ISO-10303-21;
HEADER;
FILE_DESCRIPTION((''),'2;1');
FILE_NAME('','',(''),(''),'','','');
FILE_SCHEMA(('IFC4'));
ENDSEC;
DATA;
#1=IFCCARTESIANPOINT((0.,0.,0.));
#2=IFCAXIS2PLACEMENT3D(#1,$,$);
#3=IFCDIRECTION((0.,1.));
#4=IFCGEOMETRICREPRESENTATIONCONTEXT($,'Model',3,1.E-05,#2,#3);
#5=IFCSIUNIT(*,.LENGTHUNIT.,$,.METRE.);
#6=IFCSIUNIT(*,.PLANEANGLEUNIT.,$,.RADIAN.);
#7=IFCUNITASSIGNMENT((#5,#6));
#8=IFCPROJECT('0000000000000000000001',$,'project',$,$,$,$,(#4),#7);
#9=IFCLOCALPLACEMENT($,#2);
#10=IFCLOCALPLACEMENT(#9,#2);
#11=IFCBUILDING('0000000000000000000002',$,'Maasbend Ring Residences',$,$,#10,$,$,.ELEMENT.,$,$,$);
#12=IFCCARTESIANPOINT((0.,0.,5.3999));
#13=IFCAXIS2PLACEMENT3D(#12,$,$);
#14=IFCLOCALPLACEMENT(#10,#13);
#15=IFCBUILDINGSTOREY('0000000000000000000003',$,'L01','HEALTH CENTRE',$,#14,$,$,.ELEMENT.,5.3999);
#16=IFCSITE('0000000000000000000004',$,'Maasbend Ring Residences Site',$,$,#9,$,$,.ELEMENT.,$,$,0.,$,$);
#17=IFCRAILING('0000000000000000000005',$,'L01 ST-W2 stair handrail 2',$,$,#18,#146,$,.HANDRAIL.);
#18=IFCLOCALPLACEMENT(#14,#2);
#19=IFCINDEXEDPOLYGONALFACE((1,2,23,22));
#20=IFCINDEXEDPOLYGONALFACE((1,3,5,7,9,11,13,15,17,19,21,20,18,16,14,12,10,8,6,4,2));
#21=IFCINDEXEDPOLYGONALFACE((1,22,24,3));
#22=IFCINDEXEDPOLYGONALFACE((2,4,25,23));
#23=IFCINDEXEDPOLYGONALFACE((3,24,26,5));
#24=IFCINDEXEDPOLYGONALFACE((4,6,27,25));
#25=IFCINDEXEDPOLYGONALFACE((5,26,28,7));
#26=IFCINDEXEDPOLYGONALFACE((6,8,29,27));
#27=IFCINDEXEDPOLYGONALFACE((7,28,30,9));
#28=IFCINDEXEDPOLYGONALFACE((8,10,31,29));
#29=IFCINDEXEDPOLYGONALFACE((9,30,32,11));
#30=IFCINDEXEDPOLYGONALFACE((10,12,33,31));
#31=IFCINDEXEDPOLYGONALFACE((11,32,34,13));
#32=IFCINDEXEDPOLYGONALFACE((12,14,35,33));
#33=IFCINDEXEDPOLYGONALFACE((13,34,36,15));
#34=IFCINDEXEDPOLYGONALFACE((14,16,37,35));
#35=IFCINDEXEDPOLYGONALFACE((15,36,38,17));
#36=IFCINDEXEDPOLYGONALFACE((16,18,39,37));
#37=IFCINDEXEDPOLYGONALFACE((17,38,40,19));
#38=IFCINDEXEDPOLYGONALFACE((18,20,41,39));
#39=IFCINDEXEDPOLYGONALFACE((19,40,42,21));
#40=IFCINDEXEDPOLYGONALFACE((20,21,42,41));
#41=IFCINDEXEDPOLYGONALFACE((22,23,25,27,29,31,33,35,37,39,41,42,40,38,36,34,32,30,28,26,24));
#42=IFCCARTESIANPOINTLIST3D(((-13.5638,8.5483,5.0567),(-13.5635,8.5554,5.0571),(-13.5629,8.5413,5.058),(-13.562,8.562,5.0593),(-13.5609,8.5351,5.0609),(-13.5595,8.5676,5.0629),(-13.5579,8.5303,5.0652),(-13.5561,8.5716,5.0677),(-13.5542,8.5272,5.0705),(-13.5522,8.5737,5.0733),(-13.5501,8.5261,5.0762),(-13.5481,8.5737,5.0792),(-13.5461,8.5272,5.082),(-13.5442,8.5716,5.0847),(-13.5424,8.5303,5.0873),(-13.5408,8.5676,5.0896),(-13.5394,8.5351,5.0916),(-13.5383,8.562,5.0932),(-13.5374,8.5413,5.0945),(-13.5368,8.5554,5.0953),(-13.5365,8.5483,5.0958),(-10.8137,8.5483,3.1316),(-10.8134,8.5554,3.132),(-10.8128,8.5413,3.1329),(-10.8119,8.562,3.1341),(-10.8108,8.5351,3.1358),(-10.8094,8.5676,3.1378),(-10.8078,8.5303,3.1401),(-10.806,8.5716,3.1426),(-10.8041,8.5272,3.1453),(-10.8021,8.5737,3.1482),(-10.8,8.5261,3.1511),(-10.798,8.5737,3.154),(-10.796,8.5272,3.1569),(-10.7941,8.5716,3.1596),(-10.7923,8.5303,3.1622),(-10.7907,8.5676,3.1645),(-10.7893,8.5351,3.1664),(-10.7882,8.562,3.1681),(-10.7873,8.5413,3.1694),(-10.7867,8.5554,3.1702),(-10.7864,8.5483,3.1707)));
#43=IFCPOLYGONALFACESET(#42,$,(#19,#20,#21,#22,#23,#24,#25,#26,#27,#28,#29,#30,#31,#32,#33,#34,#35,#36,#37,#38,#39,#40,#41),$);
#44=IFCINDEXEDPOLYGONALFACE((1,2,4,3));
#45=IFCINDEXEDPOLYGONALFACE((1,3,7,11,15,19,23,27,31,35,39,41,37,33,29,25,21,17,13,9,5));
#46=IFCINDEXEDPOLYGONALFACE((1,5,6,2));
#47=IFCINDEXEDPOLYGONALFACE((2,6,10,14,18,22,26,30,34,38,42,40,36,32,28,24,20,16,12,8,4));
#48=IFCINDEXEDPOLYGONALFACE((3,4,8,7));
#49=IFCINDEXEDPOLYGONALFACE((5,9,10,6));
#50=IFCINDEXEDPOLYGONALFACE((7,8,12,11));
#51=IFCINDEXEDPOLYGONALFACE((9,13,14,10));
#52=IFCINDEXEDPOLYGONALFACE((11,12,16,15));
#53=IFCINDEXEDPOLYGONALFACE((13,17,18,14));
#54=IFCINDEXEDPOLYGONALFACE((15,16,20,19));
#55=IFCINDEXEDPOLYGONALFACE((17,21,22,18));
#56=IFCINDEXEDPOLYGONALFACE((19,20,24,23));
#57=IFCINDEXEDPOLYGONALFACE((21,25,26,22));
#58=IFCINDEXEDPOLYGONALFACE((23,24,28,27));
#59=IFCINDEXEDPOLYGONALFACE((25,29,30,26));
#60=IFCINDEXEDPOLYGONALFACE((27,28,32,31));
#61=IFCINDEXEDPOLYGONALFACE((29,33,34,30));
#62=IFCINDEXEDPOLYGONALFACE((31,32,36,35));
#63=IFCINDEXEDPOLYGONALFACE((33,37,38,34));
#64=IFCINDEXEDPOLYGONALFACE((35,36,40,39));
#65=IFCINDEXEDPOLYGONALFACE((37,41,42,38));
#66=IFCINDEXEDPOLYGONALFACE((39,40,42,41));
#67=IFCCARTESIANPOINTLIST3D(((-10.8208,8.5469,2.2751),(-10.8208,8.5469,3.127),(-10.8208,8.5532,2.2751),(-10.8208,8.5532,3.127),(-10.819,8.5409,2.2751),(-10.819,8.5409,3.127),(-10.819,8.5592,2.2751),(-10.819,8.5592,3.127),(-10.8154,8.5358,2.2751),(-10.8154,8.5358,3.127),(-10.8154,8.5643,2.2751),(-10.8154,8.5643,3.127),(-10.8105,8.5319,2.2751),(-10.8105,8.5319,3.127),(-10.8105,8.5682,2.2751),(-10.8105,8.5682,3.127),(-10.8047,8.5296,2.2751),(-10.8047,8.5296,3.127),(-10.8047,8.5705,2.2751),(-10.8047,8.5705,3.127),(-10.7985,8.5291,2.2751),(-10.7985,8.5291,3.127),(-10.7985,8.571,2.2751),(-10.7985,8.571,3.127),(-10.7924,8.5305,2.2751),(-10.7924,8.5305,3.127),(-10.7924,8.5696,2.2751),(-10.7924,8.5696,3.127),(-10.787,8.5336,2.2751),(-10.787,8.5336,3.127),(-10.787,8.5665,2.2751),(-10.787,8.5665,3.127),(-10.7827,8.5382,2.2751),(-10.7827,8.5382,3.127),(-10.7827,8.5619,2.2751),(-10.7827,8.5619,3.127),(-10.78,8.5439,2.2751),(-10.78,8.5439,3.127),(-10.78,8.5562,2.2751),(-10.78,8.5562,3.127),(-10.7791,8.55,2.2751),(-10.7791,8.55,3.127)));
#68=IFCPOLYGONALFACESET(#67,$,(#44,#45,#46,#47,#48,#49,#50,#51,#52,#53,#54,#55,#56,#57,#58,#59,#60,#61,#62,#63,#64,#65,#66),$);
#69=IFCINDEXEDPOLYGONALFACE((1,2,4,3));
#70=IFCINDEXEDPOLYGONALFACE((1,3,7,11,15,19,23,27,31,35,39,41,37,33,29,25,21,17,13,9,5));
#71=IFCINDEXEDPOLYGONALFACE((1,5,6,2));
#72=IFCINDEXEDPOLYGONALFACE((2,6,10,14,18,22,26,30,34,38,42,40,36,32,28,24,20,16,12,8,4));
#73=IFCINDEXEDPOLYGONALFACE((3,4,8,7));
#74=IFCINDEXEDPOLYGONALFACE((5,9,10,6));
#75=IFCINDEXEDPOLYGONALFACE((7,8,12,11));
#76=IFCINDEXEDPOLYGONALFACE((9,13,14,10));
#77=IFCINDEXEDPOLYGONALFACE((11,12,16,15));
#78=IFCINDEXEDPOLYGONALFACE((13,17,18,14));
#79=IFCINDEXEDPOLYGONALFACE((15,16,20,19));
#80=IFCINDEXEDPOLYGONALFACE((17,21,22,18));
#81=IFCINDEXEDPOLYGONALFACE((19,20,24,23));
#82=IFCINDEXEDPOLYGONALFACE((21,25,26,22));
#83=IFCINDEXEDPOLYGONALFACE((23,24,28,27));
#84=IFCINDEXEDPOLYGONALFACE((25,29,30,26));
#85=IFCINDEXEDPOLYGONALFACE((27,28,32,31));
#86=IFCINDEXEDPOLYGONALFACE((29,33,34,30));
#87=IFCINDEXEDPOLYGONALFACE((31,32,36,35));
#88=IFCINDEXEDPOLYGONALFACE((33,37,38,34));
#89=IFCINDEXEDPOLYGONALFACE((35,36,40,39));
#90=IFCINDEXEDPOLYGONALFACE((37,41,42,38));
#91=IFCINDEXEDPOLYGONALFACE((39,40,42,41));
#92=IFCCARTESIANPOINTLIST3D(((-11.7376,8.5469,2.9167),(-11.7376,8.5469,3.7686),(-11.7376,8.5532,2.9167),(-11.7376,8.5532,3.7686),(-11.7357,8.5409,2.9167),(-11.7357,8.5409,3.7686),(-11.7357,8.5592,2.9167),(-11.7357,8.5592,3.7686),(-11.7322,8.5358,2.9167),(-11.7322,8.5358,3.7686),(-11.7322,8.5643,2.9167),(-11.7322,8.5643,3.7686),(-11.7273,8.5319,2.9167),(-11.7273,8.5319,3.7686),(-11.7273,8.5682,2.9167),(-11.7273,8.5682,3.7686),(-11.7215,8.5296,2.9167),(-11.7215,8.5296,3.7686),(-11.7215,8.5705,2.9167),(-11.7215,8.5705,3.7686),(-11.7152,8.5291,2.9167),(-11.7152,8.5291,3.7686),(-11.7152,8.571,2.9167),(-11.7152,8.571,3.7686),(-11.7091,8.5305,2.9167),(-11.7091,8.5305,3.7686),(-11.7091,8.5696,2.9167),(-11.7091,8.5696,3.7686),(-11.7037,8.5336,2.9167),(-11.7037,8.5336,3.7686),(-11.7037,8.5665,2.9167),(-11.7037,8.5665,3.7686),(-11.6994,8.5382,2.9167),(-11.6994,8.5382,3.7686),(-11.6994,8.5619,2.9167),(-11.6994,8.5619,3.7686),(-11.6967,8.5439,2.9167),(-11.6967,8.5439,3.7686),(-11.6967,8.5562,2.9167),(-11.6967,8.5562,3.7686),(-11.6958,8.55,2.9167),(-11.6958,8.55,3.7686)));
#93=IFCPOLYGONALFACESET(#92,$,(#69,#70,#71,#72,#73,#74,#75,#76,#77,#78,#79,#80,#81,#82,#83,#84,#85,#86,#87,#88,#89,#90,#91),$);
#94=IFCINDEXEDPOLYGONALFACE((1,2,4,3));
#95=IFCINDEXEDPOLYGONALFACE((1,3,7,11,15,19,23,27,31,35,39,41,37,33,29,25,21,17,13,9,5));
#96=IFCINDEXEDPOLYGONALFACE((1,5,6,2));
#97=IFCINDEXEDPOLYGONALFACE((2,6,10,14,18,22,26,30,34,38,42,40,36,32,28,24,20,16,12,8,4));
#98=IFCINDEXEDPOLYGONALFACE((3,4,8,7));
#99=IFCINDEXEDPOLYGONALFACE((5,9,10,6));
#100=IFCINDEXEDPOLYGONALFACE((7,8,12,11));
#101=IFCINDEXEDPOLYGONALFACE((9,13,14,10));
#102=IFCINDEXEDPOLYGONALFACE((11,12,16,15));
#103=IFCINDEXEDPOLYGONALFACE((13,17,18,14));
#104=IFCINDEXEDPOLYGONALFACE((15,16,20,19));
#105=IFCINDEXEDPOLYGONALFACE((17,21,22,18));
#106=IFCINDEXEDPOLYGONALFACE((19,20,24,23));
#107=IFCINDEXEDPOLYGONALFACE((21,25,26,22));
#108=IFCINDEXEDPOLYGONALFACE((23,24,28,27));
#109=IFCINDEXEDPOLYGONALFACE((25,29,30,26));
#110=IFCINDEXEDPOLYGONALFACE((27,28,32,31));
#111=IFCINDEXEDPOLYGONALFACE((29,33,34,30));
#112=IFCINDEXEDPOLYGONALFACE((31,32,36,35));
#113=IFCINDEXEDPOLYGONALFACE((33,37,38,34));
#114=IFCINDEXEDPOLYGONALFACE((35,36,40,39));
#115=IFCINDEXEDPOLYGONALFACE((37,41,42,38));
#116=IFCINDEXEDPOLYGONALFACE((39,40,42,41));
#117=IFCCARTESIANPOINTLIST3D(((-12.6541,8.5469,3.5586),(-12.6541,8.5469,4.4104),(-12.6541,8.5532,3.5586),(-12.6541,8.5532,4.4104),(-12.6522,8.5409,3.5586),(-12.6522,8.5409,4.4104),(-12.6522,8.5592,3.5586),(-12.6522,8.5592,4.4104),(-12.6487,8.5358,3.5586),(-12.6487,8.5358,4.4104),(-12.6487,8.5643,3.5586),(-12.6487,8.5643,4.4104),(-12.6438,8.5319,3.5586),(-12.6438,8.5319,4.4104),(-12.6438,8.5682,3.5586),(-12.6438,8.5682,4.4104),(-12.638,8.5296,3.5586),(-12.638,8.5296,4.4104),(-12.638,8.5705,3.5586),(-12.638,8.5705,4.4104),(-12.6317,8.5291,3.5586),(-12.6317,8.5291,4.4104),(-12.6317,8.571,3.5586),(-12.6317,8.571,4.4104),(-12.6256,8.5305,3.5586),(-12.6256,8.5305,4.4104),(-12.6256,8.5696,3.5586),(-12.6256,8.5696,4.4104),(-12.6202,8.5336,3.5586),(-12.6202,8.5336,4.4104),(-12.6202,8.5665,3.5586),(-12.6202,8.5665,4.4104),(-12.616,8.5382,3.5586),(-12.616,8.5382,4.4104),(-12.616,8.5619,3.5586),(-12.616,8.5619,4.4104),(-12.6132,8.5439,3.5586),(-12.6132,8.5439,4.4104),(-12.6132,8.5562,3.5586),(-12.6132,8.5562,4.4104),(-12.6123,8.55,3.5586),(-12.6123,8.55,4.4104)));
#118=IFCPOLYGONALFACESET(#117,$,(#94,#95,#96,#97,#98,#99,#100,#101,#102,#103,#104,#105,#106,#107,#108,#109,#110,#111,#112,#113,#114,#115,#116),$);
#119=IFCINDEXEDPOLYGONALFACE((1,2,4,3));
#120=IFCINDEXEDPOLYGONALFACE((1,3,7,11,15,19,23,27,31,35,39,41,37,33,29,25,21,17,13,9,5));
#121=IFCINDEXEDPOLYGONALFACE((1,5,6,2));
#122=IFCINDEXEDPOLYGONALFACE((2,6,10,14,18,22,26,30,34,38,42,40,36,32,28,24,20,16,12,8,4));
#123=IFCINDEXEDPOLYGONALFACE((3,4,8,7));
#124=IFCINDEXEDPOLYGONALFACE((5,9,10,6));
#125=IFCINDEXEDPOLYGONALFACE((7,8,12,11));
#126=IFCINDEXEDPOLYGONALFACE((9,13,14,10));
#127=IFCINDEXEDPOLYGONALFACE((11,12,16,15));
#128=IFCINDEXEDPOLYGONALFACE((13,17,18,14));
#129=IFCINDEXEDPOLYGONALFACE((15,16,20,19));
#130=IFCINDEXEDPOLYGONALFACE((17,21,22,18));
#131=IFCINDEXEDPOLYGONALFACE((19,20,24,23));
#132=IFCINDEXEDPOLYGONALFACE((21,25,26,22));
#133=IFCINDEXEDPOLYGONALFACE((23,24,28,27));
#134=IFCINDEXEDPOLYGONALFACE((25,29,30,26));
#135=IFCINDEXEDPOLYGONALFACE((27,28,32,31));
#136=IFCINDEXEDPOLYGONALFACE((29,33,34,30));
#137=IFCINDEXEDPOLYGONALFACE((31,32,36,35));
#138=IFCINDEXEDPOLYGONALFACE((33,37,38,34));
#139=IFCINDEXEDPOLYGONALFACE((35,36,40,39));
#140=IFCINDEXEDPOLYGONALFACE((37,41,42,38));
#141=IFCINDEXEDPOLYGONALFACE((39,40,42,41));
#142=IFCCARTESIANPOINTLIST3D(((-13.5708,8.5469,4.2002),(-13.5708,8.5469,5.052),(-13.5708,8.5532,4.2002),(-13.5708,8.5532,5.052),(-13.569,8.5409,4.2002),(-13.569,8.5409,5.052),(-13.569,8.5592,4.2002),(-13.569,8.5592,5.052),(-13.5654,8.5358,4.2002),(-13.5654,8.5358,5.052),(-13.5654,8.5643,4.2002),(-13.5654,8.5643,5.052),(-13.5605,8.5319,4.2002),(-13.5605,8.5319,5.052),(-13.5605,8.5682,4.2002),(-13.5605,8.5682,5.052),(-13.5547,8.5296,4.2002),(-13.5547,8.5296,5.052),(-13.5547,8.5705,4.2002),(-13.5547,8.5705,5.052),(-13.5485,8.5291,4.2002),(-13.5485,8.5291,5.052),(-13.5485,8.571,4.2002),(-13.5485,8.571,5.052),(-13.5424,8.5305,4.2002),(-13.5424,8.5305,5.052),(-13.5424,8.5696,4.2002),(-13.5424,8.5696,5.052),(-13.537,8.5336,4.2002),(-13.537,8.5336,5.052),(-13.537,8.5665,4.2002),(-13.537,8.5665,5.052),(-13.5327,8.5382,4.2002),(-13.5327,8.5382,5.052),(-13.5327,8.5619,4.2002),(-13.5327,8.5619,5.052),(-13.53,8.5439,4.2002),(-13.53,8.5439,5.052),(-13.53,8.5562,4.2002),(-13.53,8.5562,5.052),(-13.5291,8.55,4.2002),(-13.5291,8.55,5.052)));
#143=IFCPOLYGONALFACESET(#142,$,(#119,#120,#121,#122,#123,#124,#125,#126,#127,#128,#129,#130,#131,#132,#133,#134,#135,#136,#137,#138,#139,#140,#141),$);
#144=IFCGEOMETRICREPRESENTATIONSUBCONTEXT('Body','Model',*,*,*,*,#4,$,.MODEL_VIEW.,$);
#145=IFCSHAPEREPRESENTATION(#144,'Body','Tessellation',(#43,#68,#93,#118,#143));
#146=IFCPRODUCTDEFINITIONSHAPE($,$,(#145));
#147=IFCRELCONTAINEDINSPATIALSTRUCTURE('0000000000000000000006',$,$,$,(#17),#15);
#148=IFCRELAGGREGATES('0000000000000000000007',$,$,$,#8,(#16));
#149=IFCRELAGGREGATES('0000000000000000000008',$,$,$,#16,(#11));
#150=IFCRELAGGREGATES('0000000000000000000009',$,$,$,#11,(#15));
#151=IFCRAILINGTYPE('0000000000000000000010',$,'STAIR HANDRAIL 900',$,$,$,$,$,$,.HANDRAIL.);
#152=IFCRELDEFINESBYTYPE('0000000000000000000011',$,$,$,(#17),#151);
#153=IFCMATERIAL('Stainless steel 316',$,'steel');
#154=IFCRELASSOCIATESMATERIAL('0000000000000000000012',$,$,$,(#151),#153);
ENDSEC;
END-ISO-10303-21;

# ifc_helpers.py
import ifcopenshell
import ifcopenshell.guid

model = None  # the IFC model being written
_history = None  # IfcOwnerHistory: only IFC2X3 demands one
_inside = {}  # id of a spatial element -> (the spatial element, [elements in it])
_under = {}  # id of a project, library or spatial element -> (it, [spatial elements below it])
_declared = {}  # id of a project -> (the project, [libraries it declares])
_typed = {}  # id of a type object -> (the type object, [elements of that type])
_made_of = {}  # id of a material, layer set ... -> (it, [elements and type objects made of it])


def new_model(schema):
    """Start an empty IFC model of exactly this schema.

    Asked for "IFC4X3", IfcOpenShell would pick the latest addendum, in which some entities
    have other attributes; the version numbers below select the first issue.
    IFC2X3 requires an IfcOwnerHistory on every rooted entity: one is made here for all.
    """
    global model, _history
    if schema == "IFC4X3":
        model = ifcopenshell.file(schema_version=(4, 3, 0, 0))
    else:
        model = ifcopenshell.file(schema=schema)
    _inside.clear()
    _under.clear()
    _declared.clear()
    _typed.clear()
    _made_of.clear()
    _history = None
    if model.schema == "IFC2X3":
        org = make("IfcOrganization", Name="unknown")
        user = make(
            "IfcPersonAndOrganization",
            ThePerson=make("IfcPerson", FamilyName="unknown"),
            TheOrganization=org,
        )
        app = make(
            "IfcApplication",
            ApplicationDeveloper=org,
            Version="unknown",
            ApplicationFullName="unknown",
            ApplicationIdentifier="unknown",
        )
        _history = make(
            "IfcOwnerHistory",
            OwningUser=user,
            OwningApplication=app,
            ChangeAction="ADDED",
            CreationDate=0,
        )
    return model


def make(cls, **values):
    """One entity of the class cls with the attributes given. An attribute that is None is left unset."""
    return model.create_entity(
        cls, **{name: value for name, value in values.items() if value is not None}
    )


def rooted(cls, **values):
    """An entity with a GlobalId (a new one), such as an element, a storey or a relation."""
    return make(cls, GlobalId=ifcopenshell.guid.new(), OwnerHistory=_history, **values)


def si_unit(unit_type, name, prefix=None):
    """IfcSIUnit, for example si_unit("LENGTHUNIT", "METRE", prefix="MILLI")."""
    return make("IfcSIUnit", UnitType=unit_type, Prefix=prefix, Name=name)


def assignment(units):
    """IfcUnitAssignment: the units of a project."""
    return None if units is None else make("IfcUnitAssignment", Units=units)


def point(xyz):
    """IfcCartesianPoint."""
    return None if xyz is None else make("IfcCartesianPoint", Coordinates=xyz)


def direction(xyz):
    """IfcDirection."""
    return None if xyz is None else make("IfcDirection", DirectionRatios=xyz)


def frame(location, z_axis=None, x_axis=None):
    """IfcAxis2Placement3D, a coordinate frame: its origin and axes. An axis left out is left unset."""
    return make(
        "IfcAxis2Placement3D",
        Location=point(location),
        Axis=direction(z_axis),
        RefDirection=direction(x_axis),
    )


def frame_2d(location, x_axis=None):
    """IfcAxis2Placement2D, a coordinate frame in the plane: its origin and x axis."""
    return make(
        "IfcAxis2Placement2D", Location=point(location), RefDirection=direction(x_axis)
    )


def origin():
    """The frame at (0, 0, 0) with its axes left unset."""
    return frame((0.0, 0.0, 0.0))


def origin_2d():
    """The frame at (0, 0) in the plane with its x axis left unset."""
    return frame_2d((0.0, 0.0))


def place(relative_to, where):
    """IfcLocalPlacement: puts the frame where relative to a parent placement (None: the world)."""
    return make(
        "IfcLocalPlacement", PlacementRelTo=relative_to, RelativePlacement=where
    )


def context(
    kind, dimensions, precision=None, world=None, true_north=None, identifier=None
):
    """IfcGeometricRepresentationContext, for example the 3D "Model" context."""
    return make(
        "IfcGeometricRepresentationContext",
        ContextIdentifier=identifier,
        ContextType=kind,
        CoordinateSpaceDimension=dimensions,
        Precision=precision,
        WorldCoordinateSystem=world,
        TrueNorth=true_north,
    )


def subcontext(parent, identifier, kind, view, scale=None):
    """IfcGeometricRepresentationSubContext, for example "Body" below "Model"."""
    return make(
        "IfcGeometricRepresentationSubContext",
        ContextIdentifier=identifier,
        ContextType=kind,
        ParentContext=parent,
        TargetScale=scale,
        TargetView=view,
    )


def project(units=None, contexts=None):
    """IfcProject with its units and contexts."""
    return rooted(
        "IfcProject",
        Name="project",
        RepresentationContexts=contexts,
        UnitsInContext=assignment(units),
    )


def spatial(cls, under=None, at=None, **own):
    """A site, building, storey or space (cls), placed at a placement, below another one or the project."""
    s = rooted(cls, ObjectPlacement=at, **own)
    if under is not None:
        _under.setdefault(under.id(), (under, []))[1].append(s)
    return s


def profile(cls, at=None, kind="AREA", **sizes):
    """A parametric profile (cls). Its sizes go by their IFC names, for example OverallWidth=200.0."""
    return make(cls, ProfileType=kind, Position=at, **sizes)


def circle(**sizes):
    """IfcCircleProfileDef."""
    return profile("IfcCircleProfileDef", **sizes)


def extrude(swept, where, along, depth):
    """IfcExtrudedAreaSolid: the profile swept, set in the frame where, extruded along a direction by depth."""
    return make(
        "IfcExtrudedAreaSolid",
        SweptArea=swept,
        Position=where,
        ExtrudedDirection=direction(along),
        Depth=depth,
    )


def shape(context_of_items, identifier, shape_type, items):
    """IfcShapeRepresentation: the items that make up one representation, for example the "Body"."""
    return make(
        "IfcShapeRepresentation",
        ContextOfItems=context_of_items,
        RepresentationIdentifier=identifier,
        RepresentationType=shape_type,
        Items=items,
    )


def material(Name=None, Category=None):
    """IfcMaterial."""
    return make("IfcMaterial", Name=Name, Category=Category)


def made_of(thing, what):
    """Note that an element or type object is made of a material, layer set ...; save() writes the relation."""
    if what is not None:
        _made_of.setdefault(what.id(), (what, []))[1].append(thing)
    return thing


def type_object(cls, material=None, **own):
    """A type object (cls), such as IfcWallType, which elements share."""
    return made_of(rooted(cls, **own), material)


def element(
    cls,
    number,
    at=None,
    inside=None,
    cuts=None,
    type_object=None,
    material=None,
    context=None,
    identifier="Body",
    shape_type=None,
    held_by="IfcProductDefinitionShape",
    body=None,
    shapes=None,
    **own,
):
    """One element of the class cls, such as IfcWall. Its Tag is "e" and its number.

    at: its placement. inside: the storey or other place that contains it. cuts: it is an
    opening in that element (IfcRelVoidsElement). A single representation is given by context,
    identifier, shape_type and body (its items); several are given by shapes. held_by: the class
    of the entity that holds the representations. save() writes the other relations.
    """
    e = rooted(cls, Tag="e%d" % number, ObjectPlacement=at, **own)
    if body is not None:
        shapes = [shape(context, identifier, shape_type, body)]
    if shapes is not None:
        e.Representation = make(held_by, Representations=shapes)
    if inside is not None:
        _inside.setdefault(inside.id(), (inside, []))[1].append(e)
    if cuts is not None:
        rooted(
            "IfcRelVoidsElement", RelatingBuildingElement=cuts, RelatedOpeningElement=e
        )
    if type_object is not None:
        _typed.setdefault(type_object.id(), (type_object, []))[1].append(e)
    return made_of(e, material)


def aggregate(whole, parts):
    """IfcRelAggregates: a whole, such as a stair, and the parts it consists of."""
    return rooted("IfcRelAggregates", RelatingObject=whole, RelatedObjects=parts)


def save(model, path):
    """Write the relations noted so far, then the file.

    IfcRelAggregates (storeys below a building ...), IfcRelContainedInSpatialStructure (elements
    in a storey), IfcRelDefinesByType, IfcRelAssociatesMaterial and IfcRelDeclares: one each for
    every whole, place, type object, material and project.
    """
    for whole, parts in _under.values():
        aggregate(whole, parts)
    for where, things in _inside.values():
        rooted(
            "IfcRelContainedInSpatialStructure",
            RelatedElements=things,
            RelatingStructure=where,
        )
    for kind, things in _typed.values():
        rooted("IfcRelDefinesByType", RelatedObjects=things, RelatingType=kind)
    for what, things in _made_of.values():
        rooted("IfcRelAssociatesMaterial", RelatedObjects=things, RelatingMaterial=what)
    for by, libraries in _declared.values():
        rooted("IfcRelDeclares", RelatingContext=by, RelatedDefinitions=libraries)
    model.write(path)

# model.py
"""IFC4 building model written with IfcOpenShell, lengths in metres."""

from ifc_helpers import new_model, si_unit, direction, frame, origin, origin_2d, place, context, subcontext, project, spatial, circle, extrude, material, type_object, element, save


model = new_model("IFC4")

# Units and contexts
model_context = context("Model", 3, precision=1e-05, world=origin(), true_north=direction((0.0, 1.0)))
body_context = subcontext(model_context, "Body", "Model", "MODEL_VIEW")
ifc_project = project(units=[si_unit("LENGTHUNIT", "METRE"), si_unit("PLANEANGLEUNIT", "RADIAN")], contexts=[model_context])

# Site, building, storey
site_placement = place(None, origin())
site = spatial("IfcSite", under=ifc_project, at=site_placement, Name="Maasbend Ring Residences Site", CompositionType="ELEMENT", RefElevation=0.0)
building_placement = place(site_placement, origin())
building = spatial("IfcBuilding", under=site, at=building_placement, Name="Maasbend Ring Residences", CompositionType="ELEMENT")
storey_placement = place(building_placement, frame((0.0, 0.0, 5.3999)))
storey = spatial("IfcBuildingStorey", under=building, at=storey_placement, Name="L01", Description="HEALTH CENTRE", CompositionType="ELEMENT", Elevation=5.3999)

# Railing
ifc_material_1 = material(Name="Stainless steel 316", Category="steel")
railing_type = type_object("IfcRailingType", Name="STAIR HANDRAIL 900", PredefinedType="HANDRAIL", material=ifc_material_1)
railing_placement = place(storey_placement, frame((-10.8, 8.55, 2.2751)))
element("IfcRailing", 1, at=railing_placement, inside=storey, type_object=railing_type, Name="L01 ST-W2 stair handrail 2", PredefinedType="HANDRAIL", context=body_context, shape_type="SweptSolid", body=[
    extrude(circle(Radius=0.0239, at=origin_2d()), frame((0.0, 0.0, 0.876), z_axis=(-0.819225, 0.0, 0.573472), x_axis=(0.0, -1.0, 0.0)), (0.0, 0.0, 1.0), 3.3569),
    extrude(circle(Radius=0.021, at=origin_2d()), origin(), (0.0, 0.0, 1.0), 0.8518),
    extrude(circle(Radius=0.021, at=origin_2d()), frame((-0.9167, 0.0, 0.6416)), (0.0, 0.0, 1.0), 0.8518),
    extrude(circle(Radius=0.021, at=origin_2d()), frame((-1.8333, 0.0, 1.2834)), (0.0, 0.0, 1.0), 0.8518),
    extrude(circle(Radius=0.021, at=origin_2d()), frame((-2.75, 0.0, 1.925)), (0.0, 0.0, 1.0), 0.8518),
])

save(model, "model.ifc")
